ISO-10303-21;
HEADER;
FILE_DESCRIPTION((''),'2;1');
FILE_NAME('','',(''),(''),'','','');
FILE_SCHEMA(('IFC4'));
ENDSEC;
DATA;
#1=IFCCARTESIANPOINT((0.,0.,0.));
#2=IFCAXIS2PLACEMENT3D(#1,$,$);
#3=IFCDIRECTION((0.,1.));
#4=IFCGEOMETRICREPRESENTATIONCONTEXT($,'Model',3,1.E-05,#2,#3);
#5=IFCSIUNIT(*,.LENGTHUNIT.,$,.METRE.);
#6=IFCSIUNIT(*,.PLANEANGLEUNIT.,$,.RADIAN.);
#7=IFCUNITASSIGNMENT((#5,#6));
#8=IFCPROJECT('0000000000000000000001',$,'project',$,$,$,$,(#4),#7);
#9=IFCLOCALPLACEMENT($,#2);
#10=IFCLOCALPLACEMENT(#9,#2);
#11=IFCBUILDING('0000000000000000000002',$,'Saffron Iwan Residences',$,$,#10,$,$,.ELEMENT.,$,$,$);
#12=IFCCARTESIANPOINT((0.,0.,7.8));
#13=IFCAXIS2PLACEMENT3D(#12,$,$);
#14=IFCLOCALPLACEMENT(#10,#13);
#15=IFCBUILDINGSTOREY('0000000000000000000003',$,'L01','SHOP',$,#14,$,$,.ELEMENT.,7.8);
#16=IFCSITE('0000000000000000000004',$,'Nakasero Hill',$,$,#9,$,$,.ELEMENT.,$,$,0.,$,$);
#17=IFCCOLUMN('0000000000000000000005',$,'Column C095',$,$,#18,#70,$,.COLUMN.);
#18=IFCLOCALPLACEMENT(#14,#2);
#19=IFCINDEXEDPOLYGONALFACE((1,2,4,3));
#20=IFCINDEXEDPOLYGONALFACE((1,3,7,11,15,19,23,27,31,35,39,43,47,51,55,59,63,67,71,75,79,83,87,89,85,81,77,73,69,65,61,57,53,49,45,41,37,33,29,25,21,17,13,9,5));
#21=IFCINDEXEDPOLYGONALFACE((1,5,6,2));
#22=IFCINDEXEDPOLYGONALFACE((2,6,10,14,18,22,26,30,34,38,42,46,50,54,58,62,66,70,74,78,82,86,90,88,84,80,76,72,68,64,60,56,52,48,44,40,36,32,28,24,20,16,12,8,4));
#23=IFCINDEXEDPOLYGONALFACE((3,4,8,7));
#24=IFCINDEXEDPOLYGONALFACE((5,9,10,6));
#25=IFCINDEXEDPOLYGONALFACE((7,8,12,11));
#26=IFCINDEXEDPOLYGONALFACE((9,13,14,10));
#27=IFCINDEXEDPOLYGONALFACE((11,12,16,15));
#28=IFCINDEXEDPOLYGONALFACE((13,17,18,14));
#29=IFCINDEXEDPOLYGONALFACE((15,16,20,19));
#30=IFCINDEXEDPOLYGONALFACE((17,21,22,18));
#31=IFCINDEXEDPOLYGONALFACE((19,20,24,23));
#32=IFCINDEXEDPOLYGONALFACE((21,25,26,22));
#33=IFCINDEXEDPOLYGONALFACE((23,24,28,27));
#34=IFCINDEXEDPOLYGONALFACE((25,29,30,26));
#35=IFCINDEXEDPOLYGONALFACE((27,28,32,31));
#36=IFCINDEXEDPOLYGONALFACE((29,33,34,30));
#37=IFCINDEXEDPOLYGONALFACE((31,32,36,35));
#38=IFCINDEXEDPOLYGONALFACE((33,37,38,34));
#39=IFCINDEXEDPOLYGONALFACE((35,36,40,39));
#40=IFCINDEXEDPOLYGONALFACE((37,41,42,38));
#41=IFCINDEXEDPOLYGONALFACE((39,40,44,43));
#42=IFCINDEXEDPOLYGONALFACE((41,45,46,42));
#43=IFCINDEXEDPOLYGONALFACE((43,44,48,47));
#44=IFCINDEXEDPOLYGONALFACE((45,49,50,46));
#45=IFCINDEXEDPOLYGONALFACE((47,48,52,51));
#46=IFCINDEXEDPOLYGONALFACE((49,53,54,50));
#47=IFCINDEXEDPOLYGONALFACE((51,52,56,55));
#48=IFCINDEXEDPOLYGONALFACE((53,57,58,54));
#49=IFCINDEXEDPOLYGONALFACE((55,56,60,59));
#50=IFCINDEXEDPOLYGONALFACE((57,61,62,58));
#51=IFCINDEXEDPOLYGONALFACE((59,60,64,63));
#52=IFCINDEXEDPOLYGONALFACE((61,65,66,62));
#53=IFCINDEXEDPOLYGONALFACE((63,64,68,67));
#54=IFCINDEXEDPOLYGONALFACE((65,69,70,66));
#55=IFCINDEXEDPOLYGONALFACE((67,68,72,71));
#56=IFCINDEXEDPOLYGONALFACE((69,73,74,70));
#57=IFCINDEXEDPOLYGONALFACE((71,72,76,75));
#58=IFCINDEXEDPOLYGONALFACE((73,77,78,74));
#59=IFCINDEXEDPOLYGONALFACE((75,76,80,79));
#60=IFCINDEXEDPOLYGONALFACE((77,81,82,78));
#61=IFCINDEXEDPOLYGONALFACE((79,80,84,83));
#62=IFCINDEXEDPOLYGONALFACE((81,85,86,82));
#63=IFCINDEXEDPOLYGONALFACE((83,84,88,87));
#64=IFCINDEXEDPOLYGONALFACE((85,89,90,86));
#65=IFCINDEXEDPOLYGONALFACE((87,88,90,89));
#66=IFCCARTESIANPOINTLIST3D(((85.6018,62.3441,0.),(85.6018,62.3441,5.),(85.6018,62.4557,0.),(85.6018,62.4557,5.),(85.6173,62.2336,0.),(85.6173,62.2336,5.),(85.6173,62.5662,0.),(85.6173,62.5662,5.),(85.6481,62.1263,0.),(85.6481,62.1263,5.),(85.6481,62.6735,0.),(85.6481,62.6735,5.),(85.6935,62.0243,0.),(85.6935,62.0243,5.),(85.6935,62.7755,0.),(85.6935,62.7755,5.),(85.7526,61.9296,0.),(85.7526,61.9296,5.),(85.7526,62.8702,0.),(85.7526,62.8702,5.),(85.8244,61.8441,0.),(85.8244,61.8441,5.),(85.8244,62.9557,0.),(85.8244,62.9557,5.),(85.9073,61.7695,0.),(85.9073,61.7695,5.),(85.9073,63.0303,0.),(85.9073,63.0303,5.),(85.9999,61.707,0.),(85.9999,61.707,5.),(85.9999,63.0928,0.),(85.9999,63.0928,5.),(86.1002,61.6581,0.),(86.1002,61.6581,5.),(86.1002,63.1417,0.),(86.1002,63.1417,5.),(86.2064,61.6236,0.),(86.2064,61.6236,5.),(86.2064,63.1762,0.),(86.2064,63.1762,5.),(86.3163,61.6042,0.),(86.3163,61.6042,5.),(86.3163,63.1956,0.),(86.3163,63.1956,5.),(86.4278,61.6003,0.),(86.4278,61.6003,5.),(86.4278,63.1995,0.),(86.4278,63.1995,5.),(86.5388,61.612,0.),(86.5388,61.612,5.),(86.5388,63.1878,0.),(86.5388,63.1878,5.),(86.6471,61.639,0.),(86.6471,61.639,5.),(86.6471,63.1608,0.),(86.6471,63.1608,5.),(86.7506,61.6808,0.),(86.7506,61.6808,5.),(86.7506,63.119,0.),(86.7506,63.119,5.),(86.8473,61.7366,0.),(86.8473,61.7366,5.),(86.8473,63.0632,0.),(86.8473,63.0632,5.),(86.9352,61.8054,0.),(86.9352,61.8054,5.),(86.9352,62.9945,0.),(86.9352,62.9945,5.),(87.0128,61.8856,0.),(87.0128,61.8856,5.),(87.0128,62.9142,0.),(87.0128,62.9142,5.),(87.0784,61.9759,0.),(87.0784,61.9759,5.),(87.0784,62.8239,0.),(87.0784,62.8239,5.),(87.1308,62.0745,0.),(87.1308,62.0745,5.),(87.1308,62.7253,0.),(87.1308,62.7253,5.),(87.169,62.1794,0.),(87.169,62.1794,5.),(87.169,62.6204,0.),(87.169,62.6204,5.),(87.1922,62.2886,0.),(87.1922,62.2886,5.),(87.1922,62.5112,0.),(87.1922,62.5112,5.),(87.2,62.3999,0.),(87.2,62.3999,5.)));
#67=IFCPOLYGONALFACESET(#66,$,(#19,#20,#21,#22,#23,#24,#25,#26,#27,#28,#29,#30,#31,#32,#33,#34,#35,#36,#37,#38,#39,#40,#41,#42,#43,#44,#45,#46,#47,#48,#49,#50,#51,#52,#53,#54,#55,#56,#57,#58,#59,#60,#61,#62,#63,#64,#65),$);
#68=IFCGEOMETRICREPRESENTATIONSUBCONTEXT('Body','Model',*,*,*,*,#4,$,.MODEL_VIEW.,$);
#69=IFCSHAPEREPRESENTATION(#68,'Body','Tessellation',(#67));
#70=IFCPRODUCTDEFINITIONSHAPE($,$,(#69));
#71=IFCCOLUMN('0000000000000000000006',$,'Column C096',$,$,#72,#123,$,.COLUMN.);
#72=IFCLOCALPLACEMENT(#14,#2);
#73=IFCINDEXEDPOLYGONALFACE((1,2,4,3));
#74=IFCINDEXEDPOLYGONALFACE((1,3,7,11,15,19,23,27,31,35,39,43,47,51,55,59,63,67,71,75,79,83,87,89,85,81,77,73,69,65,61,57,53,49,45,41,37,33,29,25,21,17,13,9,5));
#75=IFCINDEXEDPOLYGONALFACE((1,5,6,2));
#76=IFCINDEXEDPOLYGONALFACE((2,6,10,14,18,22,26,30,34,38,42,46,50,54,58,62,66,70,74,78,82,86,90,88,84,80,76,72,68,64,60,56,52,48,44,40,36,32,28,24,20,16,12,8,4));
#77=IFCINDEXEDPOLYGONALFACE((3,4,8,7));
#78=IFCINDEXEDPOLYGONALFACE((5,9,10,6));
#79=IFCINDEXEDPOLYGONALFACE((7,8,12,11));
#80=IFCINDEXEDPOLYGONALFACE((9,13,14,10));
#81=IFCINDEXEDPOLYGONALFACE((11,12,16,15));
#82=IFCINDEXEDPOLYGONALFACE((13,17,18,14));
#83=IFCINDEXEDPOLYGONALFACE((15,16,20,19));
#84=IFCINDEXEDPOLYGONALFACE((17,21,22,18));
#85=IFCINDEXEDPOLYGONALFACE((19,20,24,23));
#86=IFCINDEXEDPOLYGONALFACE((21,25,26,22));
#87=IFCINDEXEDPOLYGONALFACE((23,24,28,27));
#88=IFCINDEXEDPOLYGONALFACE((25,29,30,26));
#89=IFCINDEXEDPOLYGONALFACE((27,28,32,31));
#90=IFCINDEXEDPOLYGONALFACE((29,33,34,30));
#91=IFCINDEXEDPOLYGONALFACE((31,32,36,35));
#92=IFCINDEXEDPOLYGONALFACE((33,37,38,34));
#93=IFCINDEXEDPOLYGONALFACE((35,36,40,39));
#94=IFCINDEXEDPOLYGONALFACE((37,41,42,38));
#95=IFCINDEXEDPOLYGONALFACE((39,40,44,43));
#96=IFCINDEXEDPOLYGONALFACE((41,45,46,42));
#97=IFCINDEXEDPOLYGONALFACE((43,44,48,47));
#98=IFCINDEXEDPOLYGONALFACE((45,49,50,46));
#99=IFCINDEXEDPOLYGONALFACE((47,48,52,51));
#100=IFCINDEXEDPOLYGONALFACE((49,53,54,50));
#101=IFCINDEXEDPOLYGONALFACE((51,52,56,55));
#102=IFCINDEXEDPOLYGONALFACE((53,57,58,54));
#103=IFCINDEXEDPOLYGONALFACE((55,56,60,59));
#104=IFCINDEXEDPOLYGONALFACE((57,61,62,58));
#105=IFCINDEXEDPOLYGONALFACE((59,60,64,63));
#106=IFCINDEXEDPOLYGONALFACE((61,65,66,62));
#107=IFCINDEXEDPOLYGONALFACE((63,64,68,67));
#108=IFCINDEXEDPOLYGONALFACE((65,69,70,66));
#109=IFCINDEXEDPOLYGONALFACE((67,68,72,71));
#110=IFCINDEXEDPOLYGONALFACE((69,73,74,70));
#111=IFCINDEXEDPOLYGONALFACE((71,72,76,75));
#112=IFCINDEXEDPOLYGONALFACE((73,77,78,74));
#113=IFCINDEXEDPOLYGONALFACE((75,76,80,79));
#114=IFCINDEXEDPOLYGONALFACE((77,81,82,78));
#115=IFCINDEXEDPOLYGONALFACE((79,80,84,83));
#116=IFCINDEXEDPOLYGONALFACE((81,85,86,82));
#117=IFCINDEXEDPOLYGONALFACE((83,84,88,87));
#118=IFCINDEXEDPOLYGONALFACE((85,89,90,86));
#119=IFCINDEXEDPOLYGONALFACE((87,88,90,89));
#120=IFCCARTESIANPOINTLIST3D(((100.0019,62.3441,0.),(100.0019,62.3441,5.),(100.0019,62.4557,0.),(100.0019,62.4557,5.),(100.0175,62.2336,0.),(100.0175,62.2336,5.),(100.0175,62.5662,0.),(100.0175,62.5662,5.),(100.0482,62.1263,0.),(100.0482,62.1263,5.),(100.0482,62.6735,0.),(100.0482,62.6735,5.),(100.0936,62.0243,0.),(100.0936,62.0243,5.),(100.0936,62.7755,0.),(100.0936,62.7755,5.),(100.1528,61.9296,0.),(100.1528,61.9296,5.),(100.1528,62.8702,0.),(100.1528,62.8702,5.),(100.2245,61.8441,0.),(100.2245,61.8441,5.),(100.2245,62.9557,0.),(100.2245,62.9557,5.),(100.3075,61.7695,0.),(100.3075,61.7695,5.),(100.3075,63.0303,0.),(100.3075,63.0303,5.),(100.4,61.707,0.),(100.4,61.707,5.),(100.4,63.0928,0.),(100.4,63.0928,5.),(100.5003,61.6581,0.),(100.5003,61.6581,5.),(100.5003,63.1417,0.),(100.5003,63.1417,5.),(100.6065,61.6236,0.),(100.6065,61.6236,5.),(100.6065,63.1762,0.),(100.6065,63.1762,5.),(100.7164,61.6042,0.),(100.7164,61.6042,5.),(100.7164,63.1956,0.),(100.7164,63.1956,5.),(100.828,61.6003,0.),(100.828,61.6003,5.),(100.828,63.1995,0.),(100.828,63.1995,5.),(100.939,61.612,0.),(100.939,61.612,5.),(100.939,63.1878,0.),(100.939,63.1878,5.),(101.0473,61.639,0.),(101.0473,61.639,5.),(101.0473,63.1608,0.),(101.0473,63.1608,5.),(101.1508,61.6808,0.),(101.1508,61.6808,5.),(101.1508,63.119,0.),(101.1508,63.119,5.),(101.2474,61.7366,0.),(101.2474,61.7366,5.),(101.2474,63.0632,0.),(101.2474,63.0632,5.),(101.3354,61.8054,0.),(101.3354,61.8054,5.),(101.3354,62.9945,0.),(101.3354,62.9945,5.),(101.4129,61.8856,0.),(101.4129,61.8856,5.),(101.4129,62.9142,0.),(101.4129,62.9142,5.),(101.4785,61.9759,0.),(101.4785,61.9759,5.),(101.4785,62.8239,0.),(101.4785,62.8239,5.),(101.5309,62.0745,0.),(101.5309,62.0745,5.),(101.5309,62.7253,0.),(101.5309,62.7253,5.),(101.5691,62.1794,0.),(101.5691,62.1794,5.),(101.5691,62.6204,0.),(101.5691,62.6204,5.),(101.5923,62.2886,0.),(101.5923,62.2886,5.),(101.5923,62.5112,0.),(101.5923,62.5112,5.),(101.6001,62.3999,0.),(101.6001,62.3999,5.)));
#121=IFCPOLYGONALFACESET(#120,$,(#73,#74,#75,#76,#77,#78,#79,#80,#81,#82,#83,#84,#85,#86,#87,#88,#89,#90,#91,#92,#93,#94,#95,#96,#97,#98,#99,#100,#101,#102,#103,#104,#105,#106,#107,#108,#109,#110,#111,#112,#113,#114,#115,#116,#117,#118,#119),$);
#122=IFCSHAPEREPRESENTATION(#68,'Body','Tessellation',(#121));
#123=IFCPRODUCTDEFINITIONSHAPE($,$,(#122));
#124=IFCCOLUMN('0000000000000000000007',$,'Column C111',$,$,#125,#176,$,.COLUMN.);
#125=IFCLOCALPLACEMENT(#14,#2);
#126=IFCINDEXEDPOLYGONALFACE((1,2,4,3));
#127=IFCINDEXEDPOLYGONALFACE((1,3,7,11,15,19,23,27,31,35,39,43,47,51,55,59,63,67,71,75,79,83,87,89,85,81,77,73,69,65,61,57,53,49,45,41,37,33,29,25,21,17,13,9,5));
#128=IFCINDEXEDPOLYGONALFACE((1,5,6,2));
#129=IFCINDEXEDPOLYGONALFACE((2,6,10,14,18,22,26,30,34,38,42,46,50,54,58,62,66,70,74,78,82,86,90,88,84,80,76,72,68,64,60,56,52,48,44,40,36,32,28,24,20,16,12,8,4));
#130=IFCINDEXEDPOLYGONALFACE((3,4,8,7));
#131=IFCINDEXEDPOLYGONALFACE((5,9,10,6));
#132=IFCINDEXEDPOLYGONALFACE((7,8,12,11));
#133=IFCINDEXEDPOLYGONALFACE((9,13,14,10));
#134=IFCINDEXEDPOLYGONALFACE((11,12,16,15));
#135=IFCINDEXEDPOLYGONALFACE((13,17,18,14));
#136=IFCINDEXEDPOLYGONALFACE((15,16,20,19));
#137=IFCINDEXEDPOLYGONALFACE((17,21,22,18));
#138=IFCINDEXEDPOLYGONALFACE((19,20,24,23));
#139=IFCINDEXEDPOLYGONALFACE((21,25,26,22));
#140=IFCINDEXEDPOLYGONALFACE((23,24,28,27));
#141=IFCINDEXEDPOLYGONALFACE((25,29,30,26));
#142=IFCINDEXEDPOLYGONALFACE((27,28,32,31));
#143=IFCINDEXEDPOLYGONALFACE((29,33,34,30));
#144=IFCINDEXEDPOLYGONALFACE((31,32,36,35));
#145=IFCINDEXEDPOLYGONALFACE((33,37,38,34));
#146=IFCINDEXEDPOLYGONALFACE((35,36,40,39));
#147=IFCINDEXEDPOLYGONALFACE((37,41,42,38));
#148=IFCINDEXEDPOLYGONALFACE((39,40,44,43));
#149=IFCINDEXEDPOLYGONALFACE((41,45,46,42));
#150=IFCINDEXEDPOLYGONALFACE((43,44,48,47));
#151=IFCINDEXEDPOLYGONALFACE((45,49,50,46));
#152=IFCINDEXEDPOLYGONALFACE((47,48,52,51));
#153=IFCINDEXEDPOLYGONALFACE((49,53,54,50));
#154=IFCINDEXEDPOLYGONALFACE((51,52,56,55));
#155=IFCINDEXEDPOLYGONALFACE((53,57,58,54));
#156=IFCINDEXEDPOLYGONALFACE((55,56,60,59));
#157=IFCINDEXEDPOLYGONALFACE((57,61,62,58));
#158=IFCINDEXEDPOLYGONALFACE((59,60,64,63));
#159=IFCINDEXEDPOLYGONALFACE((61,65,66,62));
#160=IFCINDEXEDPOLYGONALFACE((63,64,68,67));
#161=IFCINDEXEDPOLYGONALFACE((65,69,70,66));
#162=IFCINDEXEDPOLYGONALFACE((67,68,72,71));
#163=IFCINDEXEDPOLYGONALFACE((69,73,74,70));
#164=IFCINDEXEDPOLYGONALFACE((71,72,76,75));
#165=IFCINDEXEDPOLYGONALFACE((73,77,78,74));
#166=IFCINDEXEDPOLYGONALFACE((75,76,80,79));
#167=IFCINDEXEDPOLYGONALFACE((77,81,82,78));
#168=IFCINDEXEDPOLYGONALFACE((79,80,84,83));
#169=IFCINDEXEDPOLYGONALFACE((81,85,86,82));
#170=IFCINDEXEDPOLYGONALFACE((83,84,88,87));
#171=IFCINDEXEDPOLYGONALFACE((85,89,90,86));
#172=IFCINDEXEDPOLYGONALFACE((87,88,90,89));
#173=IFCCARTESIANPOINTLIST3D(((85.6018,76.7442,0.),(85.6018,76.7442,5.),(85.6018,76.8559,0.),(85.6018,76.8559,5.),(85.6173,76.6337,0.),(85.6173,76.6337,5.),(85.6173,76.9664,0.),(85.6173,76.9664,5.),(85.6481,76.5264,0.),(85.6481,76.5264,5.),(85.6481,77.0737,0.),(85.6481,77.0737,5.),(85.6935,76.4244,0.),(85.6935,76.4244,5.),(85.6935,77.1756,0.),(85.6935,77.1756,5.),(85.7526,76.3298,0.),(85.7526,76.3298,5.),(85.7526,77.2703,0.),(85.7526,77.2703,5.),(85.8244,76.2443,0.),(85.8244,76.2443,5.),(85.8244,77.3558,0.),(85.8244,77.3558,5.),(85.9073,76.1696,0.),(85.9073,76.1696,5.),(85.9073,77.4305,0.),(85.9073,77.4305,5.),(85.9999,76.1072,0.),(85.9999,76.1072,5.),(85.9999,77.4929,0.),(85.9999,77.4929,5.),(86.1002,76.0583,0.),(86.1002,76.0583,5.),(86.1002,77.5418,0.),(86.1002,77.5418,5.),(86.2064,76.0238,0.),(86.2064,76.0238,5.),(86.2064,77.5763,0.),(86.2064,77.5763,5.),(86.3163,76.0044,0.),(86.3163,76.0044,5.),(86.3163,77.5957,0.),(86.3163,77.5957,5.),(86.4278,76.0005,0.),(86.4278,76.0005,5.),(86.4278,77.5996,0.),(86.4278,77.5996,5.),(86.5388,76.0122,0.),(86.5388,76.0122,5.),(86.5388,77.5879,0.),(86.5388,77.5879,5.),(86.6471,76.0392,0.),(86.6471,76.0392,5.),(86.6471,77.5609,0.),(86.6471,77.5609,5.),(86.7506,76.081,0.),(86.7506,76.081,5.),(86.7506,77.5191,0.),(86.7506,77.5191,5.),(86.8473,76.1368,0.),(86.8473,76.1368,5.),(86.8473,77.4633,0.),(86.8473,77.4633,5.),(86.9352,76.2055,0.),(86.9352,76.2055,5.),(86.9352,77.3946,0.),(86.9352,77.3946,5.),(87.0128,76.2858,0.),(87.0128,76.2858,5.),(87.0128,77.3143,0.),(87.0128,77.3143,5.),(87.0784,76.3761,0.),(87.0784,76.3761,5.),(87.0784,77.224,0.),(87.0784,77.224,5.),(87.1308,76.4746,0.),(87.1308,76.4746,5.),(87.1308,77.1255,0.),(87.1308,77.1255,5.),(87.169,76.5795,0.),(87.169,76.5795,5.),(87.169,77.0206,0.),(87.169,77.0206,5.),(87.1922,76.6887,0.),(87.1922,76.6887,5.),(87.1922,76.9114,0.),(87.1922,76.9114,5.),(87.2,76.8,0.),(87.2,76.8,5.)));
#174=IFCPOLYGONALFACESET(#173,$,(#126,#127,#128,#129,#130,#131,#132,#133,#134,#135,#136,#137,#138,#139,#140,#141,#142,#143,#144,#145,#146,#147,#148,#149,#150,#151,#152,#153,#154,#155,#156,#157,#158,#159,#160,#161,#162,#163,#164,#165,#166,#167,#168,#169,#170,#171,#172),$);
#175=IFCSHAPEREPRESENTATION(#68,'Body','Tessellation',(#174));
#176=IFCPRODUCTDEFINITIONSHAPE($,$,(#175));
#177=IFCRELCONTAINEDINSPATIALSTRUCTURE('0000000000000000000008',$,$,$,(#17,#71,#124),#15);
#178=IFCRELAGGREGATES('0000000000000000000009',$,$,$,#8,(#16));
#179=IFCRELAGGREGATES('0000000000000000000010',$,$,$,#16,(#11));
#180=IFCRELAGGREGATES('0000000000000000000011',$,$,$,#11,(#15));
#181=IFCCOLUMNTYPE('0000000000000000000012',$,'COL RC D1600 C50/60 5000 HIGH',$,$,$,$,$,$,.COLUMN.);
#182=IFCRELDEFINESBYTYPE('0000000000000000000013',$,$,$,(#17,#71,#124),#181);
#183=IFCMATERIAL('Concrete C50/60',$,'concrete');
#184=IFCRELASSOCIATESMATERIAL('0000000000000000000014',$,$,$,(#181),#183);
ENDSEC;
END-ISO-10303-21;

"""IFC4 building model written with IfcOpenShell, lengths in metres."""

from ifc_helpers import new_model, si_unit, direction, frame, origin, origin_2d, place, context, subcontext, project, spatial, circle, extrude, source, transform, mapped, material, material_profile, profile_set, type_object, element, save


model = new_model("IFC4")

# Units and contexts
model_context = context("Model", 3, precision=1e-05, world=origin(), true_north=direction((0.0, 1.0)))
body_context = subcontext(model_context, "Body", "Model", "MODEL_VIEW")
ifc_project = project(units=[si_unit("LENGTHUNIT", "METRE"), si_unit("PLANEANGLEUNIT", "RADIAN")], contexts=[model_context])

# Site, building, storey
site_placement = place(None, origin())
site = spatial("IfcSite", under=ifc_project, at=site_placement, Name="Nakasero Hill", CompositionType="ELEMENT", RefElevation=0.0)
building_placement = place(site_placement, origin())
building = spatial("IfcBuilding", under=site, at=building_placement, Name="Saffron Iwan Residences", CompositionType="ELEMENT")
storey_placement = place(building_placement, frame((0.0, 0.0, 7.8)))
storey = spatial("IfcBuildingStorey", under=building, at=storey_placement, Name="L01", Description="SHOP", CompositionType="ELEMENT", Elevation=7.8)

# Columns
ifc_material_1 = material(Name="Concrete C50/60", Category="concrete")
ifc_material_profile_1 = material_profile(ifc_material_1, circle(Radius=0.8, at=origin_2d()), Name="RC D1600")
ifc_profile_set_1 = profile_set([ifc_material_profile_1], Name="Concrete C50/60")
column_type = type_object("IfcColumnType", Name="COL RC D1600 C50/60 5000 HIGH", PredefinedType="COLUMN", material=ifc_profile_set_1)
shared_shape_1 = source(origin(), body_context, "Body", "SweptSolid", [
    extrude(circle(Radius=0.8, at=origin_2d()), origin(), (0.0, 0.0, 1.0), 5.0),
])
for number, where, z_axis, x_axis, name in (
    (1, (86.3999, 62.3999, 0.0), (0.0, 0.0, 1.0), (1.0, 0.0, 0.0), "Column C095"),
    (2, (100.8, 62.3999, 0.0), (0.0, 0.0, 1.0), (1.0, 0.0, 0.0), "Column C096"),
    (3, (86.3999, 76.8, 0.0), (0.0, 0.0, 1.0), (1.0, 0.0, 0.0), "Column C111"),
):
    element("IfcColumn", number, at=place(storey_placement, frame(where, z_axis=z_axis, x_axis=x_axis)), inside=storey, type_object=column_type, Name=name, PredefinedType="COLUMN", context=body_context, shape_type="MappedRepresentation", body=[
        mapped(shared_shape_1, transform((0.0, 0.0, 0.0))),
    ])

save(model, "model.ifc")
